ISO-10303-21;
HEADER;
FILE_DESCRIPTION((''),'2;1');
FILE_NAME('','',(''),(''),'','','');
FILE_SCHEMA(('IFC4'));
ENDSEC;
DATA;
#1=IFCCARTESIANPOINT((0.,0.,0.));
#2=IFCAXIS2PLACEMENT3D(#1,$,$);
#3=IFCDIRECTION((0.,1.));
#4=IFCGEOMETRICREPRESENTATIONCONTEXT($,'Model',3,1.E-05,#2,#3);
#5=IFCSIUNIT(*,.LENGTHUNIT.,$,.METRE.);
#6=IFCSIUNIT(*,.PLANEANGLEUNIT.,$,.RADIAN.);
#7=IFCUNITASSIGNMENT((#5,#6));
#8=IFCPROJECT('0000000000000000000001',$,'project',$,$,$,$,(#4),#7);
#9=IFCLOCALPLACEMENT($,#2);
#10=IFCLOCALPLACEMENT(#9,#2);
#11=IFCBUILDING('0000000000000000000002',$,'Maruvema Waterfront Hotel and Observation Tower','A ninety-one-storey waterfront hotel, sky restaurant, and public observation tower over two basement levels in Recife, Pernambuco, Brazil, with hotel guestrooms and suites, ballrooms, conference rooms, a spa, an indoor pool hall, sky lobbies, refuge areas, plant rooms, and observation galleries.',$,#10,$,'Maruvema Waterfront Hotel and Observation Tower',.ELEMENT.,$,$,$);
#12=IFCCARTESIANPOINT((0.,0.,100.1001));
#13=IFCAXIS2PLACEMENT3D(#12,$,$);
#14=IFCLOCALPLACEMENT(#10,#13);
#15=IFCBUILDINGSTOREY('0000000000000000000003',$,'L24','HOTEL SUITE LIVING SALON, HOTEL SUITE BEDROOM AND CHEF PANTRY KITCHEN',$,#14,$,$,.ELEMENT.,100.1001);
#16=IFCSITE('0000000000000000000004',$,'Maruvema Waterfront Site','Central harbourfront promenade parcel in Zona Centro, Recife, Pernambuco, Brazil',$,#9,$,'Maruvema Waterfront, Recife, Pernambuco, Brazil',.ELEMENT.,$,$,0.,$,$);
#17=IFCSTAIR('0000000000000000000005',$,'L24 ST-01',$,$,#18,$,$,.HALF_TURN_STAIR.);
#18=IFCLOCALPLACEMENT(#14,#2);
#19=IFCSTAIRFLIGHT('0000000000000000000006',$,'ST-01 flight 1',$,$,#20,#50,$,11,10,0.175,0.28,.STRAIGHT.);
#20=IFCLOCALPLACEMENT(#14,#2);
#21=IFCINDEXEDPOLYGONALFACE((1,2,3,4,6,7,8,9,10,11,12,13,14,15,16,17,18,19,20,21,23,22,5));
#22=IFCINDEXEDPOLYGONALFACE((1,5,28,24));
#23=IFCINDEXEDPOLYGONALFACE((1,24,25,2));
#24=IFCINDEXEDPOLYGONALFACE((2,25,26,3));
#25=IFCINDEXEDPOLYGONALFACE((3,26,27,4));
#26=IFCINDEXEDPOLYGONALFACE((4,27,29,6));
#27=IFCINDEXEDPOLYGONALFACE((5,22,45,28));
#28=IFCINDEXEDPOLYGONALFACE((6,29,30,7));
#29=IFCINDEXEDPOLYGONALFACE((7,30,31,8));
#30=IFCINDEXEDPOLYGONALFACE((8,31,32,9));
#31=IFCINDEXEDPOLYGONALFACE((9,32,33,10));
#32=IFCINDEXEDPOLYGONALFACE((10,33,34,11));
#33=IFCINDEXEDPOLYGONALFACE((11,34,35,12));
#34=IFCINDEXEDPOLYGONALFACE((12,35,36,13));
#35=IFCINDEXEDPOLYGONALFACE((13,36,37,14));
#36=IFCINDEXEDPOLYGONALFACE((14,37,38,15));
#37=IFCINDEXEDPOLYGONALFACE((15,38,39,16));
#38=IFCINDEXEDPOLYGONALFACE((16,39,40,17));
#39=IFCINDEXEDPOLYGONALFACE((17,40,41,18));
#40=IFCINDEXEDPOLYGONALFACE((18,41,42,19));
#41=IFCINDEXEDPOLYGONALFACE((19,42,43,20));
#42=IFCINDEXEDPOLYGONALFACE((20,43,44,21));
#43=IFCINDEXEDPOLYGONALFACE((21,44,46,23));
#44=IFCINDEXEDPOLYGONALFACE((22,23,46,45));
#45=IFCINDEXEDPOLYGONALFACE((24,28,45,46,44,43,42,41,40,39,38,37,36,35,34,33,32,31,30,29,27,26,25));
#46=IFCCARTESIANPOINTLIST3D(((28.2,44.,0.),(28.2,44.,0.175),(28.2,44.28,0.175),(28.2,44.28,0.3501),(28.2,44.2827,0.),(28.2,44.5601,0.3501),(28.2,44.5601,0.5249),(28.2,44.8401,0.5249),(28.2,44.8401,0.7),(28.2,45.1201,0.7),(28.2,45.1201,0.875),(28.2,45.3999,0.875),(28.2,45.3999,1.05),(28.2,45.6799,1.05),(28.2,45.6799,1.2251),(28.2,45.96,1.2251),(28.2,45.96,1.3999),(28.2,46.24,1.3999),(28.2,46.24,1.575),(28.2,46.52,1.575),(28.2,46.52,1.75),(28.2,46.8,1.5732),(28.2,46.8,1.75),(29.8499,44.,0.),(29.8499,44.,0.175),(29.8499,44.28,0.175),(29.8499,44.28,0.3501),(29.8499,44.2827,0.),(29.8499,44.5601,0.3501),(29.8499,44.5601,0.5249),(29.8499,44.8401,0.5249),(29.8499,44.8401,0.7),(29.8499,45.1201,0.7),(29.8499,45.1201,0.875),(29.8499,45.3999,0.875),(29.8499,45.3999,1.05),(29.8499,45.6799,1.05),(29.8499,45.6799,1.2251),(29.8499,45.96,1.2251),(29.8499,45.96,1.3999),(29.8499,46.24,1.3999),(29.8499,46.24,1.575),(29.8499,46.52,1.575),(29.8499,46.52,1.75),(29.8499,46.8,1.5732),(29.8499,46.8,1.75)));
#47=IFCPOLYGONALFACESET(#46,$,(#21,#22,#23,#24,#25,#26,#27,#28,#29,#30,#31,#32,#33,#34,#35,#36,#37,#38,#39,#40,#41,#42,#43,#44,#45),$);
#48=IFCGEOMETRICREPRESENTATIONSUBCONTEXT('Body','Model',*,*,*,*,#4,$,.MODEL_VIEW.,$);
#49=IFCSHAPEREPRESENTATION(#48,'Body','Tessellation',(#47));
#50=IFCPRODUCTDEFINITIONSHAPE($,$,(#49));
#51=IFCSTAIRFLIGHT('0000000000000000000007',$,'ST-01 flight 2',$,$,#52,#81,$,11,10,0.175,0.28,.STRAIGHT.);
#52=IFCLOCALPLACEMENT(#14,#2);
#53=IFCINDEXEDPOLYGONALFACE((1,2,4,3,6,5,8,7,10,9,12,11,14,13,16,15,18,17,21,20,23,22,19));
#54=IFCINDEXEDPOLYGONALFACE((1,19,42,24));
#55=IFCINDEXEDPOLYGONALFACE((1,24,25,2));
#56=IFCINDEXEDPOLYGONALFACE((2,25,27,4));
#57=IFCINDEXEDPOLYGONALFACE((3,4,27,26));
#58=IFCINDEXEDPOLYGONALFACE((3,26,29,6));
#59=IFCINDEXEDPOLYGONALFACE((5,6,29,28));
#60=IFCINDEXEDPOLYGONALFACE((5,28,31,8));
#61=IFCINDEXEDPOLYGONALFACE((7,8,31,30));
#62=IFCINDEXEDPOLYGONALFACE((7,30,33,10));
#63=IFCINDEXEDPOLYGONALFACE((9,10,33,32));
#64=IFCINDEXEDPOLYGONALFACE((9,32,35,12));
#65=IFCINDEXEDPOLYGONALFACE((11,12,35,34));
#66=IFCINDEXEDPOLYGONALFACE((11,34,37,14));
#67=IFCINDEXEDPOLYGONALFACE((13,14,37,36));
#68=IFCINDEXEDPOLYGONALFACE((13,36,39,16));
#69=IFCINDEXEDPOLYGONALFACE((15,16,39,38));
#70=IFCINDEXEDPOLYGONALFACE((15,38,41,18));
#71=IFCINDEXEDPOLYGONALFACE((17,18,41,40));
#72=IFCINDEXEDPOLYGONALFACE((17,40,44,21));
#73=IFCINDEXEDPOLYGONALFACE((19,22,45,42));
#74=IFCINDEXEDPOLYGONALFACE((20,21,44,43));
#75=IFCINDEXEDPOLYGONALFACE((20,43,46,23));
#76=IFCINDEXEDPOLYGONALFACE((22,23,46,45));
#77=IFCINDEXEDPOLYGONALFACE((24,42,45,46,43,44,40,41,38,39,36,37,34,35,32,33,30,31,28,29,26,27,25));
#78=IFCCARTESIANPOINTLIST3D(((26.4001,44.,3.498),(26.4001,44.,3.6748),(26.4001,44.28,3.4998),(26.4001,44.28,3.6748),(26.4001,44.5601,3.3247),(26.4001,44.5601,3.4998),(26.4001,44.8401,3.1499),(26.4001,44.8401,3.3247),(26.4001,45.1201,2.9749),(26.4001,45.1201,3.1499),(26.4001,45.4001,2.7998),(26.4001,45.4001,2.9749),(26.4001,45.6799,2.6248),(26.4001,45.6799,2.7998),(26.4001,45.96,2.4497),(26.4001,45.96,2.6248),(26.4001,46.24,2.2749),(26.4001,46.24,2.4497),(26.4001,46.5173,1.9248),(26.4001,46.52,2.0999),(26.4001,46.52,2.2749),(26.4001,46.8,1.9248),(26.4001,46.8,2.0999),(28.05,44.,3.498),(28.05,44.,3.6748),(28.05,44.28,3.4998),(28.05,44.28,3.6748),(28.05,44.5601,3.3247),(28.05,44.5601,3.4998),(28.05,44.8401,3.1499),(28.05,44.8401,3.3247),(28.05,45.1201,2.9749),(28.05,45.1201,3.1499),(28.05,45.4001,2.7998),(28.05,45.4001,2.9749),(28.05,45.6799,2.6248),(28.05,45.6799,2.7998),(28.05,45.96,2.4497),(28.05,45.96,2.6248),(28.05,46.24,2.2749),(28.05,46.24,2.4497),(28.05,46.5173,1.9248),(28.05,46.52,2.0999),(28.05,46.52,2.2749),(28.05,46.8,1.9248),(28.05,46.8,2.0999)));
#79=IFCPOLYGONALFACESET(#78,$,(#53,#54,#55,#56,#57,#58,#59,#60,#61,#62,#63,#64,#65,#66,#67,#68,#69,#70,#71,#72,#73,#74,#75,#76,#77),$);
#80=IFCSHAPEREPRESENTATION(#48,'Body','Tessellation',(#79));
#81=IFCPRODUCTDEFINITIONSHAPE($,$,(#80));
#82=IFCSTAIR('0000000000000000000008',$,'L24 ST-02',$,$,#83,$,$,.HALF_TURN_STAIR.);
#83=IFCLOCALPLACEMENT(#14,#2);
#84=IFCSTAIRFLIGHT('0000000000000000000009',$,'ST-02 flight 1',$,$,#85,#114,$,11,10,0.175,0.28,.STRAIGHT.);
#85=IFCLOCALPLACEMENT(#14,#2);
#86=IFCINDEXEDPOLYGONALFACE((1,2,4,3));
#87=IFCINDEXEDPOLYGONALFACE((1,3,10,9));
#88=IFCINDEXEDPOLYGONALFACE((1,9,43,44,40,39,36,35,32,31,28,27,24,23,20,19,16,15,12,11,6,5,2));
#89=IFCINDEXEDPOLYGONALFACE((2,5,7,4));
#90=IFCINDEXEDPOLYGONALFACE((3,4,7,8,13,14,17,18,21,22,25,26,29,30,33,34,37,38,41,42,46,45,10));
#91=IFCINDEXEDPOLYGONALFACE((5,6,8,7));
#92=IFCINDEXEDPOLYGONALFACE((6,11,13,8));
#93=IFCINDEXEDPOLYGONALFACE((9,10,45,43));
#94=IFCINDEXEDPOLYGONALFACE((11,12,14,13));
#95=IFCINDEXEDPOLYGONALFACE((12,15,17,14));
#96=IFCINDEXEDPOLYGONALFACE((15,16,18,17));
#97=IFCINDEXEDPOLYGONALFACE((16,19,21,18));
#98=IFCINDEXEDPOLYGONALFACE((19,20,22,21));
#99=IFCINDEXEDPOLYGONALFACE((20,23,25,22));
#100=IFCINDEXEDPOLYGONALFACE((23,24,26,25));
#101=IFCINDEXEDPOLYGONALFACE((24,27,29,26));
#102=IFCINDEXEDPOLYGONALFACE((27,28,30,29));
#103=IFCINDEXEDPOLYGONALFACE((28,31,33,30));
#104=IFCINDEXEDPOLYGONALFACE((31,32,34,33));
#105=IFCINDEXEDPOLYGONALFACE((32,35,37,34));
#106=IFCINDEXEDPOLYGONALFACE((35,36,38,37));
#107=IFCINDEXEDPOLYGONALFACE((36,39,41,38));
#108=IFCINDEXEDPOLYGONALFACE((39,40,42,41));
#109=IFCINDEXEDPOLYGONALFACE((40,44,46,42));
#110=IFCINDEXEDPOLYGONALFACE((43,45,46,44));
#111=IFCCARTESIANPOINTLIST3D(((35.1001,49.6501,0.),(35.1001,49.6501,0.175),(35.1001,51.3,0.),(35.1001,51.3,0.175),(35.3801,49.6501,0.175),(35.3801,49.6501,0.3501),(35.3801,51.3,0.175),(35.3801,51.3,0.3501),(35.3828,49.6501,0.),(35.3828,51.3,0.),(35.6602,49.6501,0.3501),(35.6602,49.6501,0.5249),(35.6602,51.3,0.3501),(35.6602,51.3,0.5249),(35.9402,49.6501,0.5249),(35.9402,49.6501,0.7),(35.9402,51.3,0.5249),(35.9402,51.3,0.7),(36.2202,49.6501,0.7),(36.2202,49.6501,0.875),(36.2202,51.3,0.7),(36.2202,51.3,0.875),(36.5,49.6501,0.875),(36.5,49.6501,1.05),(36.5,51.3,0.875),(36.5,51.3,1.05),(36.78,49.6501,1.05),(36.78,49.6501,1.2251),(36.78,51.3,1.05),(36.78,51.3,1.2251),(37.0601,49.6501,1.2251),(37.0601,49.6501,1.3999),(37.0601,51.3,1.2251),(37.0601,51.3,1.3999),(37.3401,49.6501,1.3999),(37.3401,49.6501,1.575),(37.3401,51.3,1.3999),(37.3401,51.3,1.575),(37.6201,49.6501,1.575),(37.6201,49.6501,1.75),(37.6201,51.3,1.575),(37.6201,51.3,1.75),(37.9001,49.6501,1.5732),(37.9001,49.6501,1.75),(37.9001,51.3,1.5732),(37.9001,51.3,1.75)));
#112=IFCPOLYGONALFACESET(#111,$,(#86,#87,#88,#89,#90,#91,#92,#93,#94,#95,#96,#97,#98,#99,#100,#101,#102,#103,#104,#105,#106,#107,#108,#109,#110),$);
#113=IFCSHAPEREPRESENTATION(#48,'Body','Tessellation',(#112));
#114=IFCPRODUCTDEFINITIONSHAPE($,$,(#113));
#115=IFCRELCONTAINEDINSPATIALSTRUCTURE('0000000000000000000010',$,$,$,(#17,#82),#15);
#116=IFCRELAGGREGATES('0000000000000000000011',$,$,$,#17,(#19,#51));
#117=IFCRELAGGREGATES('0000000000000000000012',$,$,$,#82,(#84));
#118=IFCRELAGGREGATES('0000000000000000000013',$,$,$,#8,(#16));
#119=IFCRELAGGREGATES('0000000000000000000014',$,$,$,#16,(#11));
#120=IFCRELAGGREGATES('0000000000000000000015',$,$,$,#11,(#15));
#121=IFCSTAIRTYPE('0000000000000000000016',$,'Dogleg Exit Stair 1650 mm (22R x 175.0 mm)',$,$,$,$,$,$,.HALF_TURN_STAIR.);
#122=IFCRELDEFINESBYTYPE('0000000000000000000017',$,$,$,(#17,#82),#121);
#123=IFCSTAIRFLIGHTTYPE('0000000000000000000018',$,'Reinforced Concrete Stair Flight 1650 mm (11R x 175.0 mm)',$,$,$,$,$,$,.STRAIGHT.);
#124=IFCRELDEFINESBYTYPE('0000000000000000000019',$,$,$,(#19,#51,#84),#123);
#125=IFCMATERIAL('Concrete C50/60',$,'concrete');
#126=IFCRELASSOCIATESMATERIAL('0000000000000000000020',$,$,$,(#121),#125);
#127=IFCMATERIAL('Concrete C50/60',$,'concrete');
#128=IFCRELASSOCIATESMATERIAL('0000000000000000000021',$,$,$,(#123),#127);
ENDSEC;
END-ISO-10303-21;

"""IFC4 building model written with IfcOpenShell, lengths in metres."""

from ifc_helpers import new_model, si_unit, direction, frame, origin, place, context, subcontext, project, spatial, polyline, outline, extrude, material, type_object, element, aggregate, save


model = new_model("IFC4")

# Units and contexts
model_context = context("Model", 3, precision=1e-05, world=origin(), true_north=direction((0.0, 1.0)))
body_context = subcontext(model_context, "Body", "Model", "MODEL_VIEW")
ifc_project = project(units=[si_unit("LENGTHUNIT", "METRE"), si_unit("PLANEANGLEUNIT", "RADIAN")], contexts=[model_context])

# Site, building, storey
site_placement = place(None, origin())
site = spatial("IfcSite", under=ifc_project, at=site_placement, Name="Maruvema Waterfront Site", Description="Central harbourfront promenade parcel in Zona Centro, Recife, Pernambuco, Brazil", LongName="Maruvema Waterfront, Recife, Pernambuco, Brazil", CompositionType="ELEMENT", RefElevation=0.0)
building_placement = place(site_placement, origin())
building = spatial("IfcBuilding", under=site, at=building_placement, Name="Maruvema Waterfront Hotel and Observation Tower", Description="A ninety-one-storey waterfront hotel, sky restaurant, and public observation tower over two basement levels in Recife, Pernambuco, Brazil, with hotel guestrooms and suites, ballrooms, conference rooms, a spa, an indoor pool hall, sky lobbies, refuge areas, plant rooms, and observation galleries.", LongName="Maruvema Waterfront Hotel and Observation Tower", CompositionType="ELEMENT")
storey_placement = place(building_placement, frame((0.0, 0.0, 100.1001)))
storey = spatial("IfcBuildingStorey", under=building, at=storey_placement, Name="L24", Description="HOTEL SUITE LIVING SALON, HOTEL SUITE BEDROOM AND CHEF PANTRY KITCHEN", CompositionType="ELEMENT", Elevation=100.1001)

# Stair, stair flights
ifc_material_1 = material(Name="Concrete C50/60", Category="concrete")
stair_type = type_object("IfcStairType", Name="Dogleg Exit Stair 1650 mm (22R x 175.0 mm)", PredefinedType="HALF_TURN_STAIR", material=ifc_material_1)
stair_1_placement = place(storey_placement, origin())
stair_1 = element("IfcStair", 1, at=stair_1_placement, inside=storey, type_object=stair_type, Name="L24 ST-01", PredefinedType="HALF_TURN_STAIR")
ifc_material_2 = material(Name="Concrete C50/60", Category="concrete")
stair_flight_type = type_object("IfcStairFlightType", Name="Reinforced Concrete Stair Flight 1650 mm (11R x 175.0 mm)", PredefinedType="STRAIGHT", material=ifc_material_2)
stair_flight_1_placement = place(storey_placement, frame((29.0249, 44.0, 0.0), z_axis=(0.0, 0.0, 1.0), x_axis=(0.0, 1.0, 0.0)))
stair_flight_1 = element("IfcStairFlight", 2, at=stair_flight_1_placement, type_object=stair_flight_type, Name="ST-01 flight 1", NumberOfRisers=11, NumberOfTreads=10, PredefinedType="STRAIGHT", RiserHeight=0.175, TreadLength=0.28, context=body_context, shape_type="SweptSolid", body=[
    extrude(outline(polyline([(0.0, 0.0), (0.0, 0.175), (0.28, 0.175), (0.28, 0.3501), (0.5601, 0.3501), (0.5601, 0.5249), (0.8401, 0.5249), (0.8401, 0.7), (1.1201, 0.7), (1.1201, 0.875), (1.3999, 0.875), (1.3999, 1.05), (1.6799, 1.05), (1.6799, 1.2251), (1.96, 1.2251), (1.96, 1.3999), (2.24, 1.3999), (2.24, 1.575), (2.52, 1.575), (2.52, 1.75), (2.8, 1.75), (2.8, 1.925), (2.8, 1.5732), (0.2827, 0.0), (0.0, 0.0)])), frame((0.0, 0.825, 0.0), z_axis=(0.0, -1.0, 0.0), x_axis=(1.0, 0.0, 0.0)), (0.0, 0.0, 1.0), 1.6499),
])
stair_flight_2_placement = place(storey_placement, frame((27.2251, 46.8, 1.9248), z_axis=(0.0, 0.0, 1.0), x_axis=(0.0, -1.0, 0.0)))
stair_flight_2 = element("IfcStairFlight", 3, at=stair_flight_2_placement, type_object=stair_flight_type, Name="ST-01 flight 2", NumberOfRisers=11, NumberOfTreads=10, PredefinedType="STRAIGHT", RiserHeight=0.175, TreadLength=0.28, context=body_context, shape_type="SweptSolid", body=[
    extrude(outline(polyline([(0.0, 0.0), (0.0, 0.175), (0.28, 0.175), (0.28, 0.3501), (0.5601, 0.3501), (0.5601, 0.5249), (0.8401, 0.5249), (0.8401, 0.7), (1.1201, 0.7), (1.1201, 0.875), (1.3999, 0.875), (1.3999, 1.05), (1.6799, 1.05), (1.6799, 1.2251), (1.96, 1.2251), (1.96, 1.3999), (2.24, 1.3999), (2.24, 1.575), (2.52, 1.575), (2.52, 1.75), (2.8, 1.75), (2.8, 1.925), (2.8, 1.5732), (0.2827, 0.0), (0.0, 0.0)])), frame((0.0, 0.825, 0.0), z_axis=(0.0, -1.0, 0.0), x_axis=(1.0, 0.0, 0.0)), (0.0, 0.0, 1.0), 1.6499),
])
aggregate(stair_1, [stair_flight_1, stair_flight_2])

# Stair, stair flight
stair_2_placement = place(storey_placement, origin())
stair_2 = element("IfcStair", 4, at=stair_2_placement, inside=storey, type_object=stair_type, Name="L24 ST-02", PredefinedType="HALF_TURN_STAIR")
stair_flight_3_placement = place(storey_placement, frame((35.1001, 50.4751, 0.0), z_axis=(0.0, 0.0, 1.0), x_axis=(1.0, 0.0, 0.0)))
stair_flight_3 = element("IfcStairFlight", 5, at=stair_flight_3_placement, type_object=stair_flight_type, Name="ST-02 flight 1", NumberOfRisers=11, NumberOfTreads=10, PredefinedType="STRAIGHT", RiserHeight=0.175, TreadLength=0.28, context=body_context, shape_type="SweptSolid", body=[
    extrude(outline(polyline([(0.0, 0.0), (0.0, 0.175), (0.28, 0.175), (0.28, 0.3501), (0.5601, 0.3501), (0.5601, 0.5249), (0.8401, 0.5249), (0.8401, 0.7), (1.1201, 0.7), (1.1201, 0.875), (1.3999, 0.875), (1.3999, 1.05), (1.6799, 1.05), (1.6799, 1.2251), (1.96, 1.2251), (1.96, 1.3999), (2.24, 1.3999), (2.24, 1.575), (2.52, 1.575), (2.52, 1.75), (2.8, 1.75), (2.8, 1.925), (2.8, 1.5732), (0.2827, 0.0), (0.0, 0.0)])), frame((0.0, 0.825, 0.0), z_axis=(0.0, -1.0, 0.0), x_axis=(1.0, 0.0, 0.0)), (0.0, 0.0, 1.0), 1.6499),
])
aggregate(stair_2, [stair_flight_3])

save(model, "model.ifc")
